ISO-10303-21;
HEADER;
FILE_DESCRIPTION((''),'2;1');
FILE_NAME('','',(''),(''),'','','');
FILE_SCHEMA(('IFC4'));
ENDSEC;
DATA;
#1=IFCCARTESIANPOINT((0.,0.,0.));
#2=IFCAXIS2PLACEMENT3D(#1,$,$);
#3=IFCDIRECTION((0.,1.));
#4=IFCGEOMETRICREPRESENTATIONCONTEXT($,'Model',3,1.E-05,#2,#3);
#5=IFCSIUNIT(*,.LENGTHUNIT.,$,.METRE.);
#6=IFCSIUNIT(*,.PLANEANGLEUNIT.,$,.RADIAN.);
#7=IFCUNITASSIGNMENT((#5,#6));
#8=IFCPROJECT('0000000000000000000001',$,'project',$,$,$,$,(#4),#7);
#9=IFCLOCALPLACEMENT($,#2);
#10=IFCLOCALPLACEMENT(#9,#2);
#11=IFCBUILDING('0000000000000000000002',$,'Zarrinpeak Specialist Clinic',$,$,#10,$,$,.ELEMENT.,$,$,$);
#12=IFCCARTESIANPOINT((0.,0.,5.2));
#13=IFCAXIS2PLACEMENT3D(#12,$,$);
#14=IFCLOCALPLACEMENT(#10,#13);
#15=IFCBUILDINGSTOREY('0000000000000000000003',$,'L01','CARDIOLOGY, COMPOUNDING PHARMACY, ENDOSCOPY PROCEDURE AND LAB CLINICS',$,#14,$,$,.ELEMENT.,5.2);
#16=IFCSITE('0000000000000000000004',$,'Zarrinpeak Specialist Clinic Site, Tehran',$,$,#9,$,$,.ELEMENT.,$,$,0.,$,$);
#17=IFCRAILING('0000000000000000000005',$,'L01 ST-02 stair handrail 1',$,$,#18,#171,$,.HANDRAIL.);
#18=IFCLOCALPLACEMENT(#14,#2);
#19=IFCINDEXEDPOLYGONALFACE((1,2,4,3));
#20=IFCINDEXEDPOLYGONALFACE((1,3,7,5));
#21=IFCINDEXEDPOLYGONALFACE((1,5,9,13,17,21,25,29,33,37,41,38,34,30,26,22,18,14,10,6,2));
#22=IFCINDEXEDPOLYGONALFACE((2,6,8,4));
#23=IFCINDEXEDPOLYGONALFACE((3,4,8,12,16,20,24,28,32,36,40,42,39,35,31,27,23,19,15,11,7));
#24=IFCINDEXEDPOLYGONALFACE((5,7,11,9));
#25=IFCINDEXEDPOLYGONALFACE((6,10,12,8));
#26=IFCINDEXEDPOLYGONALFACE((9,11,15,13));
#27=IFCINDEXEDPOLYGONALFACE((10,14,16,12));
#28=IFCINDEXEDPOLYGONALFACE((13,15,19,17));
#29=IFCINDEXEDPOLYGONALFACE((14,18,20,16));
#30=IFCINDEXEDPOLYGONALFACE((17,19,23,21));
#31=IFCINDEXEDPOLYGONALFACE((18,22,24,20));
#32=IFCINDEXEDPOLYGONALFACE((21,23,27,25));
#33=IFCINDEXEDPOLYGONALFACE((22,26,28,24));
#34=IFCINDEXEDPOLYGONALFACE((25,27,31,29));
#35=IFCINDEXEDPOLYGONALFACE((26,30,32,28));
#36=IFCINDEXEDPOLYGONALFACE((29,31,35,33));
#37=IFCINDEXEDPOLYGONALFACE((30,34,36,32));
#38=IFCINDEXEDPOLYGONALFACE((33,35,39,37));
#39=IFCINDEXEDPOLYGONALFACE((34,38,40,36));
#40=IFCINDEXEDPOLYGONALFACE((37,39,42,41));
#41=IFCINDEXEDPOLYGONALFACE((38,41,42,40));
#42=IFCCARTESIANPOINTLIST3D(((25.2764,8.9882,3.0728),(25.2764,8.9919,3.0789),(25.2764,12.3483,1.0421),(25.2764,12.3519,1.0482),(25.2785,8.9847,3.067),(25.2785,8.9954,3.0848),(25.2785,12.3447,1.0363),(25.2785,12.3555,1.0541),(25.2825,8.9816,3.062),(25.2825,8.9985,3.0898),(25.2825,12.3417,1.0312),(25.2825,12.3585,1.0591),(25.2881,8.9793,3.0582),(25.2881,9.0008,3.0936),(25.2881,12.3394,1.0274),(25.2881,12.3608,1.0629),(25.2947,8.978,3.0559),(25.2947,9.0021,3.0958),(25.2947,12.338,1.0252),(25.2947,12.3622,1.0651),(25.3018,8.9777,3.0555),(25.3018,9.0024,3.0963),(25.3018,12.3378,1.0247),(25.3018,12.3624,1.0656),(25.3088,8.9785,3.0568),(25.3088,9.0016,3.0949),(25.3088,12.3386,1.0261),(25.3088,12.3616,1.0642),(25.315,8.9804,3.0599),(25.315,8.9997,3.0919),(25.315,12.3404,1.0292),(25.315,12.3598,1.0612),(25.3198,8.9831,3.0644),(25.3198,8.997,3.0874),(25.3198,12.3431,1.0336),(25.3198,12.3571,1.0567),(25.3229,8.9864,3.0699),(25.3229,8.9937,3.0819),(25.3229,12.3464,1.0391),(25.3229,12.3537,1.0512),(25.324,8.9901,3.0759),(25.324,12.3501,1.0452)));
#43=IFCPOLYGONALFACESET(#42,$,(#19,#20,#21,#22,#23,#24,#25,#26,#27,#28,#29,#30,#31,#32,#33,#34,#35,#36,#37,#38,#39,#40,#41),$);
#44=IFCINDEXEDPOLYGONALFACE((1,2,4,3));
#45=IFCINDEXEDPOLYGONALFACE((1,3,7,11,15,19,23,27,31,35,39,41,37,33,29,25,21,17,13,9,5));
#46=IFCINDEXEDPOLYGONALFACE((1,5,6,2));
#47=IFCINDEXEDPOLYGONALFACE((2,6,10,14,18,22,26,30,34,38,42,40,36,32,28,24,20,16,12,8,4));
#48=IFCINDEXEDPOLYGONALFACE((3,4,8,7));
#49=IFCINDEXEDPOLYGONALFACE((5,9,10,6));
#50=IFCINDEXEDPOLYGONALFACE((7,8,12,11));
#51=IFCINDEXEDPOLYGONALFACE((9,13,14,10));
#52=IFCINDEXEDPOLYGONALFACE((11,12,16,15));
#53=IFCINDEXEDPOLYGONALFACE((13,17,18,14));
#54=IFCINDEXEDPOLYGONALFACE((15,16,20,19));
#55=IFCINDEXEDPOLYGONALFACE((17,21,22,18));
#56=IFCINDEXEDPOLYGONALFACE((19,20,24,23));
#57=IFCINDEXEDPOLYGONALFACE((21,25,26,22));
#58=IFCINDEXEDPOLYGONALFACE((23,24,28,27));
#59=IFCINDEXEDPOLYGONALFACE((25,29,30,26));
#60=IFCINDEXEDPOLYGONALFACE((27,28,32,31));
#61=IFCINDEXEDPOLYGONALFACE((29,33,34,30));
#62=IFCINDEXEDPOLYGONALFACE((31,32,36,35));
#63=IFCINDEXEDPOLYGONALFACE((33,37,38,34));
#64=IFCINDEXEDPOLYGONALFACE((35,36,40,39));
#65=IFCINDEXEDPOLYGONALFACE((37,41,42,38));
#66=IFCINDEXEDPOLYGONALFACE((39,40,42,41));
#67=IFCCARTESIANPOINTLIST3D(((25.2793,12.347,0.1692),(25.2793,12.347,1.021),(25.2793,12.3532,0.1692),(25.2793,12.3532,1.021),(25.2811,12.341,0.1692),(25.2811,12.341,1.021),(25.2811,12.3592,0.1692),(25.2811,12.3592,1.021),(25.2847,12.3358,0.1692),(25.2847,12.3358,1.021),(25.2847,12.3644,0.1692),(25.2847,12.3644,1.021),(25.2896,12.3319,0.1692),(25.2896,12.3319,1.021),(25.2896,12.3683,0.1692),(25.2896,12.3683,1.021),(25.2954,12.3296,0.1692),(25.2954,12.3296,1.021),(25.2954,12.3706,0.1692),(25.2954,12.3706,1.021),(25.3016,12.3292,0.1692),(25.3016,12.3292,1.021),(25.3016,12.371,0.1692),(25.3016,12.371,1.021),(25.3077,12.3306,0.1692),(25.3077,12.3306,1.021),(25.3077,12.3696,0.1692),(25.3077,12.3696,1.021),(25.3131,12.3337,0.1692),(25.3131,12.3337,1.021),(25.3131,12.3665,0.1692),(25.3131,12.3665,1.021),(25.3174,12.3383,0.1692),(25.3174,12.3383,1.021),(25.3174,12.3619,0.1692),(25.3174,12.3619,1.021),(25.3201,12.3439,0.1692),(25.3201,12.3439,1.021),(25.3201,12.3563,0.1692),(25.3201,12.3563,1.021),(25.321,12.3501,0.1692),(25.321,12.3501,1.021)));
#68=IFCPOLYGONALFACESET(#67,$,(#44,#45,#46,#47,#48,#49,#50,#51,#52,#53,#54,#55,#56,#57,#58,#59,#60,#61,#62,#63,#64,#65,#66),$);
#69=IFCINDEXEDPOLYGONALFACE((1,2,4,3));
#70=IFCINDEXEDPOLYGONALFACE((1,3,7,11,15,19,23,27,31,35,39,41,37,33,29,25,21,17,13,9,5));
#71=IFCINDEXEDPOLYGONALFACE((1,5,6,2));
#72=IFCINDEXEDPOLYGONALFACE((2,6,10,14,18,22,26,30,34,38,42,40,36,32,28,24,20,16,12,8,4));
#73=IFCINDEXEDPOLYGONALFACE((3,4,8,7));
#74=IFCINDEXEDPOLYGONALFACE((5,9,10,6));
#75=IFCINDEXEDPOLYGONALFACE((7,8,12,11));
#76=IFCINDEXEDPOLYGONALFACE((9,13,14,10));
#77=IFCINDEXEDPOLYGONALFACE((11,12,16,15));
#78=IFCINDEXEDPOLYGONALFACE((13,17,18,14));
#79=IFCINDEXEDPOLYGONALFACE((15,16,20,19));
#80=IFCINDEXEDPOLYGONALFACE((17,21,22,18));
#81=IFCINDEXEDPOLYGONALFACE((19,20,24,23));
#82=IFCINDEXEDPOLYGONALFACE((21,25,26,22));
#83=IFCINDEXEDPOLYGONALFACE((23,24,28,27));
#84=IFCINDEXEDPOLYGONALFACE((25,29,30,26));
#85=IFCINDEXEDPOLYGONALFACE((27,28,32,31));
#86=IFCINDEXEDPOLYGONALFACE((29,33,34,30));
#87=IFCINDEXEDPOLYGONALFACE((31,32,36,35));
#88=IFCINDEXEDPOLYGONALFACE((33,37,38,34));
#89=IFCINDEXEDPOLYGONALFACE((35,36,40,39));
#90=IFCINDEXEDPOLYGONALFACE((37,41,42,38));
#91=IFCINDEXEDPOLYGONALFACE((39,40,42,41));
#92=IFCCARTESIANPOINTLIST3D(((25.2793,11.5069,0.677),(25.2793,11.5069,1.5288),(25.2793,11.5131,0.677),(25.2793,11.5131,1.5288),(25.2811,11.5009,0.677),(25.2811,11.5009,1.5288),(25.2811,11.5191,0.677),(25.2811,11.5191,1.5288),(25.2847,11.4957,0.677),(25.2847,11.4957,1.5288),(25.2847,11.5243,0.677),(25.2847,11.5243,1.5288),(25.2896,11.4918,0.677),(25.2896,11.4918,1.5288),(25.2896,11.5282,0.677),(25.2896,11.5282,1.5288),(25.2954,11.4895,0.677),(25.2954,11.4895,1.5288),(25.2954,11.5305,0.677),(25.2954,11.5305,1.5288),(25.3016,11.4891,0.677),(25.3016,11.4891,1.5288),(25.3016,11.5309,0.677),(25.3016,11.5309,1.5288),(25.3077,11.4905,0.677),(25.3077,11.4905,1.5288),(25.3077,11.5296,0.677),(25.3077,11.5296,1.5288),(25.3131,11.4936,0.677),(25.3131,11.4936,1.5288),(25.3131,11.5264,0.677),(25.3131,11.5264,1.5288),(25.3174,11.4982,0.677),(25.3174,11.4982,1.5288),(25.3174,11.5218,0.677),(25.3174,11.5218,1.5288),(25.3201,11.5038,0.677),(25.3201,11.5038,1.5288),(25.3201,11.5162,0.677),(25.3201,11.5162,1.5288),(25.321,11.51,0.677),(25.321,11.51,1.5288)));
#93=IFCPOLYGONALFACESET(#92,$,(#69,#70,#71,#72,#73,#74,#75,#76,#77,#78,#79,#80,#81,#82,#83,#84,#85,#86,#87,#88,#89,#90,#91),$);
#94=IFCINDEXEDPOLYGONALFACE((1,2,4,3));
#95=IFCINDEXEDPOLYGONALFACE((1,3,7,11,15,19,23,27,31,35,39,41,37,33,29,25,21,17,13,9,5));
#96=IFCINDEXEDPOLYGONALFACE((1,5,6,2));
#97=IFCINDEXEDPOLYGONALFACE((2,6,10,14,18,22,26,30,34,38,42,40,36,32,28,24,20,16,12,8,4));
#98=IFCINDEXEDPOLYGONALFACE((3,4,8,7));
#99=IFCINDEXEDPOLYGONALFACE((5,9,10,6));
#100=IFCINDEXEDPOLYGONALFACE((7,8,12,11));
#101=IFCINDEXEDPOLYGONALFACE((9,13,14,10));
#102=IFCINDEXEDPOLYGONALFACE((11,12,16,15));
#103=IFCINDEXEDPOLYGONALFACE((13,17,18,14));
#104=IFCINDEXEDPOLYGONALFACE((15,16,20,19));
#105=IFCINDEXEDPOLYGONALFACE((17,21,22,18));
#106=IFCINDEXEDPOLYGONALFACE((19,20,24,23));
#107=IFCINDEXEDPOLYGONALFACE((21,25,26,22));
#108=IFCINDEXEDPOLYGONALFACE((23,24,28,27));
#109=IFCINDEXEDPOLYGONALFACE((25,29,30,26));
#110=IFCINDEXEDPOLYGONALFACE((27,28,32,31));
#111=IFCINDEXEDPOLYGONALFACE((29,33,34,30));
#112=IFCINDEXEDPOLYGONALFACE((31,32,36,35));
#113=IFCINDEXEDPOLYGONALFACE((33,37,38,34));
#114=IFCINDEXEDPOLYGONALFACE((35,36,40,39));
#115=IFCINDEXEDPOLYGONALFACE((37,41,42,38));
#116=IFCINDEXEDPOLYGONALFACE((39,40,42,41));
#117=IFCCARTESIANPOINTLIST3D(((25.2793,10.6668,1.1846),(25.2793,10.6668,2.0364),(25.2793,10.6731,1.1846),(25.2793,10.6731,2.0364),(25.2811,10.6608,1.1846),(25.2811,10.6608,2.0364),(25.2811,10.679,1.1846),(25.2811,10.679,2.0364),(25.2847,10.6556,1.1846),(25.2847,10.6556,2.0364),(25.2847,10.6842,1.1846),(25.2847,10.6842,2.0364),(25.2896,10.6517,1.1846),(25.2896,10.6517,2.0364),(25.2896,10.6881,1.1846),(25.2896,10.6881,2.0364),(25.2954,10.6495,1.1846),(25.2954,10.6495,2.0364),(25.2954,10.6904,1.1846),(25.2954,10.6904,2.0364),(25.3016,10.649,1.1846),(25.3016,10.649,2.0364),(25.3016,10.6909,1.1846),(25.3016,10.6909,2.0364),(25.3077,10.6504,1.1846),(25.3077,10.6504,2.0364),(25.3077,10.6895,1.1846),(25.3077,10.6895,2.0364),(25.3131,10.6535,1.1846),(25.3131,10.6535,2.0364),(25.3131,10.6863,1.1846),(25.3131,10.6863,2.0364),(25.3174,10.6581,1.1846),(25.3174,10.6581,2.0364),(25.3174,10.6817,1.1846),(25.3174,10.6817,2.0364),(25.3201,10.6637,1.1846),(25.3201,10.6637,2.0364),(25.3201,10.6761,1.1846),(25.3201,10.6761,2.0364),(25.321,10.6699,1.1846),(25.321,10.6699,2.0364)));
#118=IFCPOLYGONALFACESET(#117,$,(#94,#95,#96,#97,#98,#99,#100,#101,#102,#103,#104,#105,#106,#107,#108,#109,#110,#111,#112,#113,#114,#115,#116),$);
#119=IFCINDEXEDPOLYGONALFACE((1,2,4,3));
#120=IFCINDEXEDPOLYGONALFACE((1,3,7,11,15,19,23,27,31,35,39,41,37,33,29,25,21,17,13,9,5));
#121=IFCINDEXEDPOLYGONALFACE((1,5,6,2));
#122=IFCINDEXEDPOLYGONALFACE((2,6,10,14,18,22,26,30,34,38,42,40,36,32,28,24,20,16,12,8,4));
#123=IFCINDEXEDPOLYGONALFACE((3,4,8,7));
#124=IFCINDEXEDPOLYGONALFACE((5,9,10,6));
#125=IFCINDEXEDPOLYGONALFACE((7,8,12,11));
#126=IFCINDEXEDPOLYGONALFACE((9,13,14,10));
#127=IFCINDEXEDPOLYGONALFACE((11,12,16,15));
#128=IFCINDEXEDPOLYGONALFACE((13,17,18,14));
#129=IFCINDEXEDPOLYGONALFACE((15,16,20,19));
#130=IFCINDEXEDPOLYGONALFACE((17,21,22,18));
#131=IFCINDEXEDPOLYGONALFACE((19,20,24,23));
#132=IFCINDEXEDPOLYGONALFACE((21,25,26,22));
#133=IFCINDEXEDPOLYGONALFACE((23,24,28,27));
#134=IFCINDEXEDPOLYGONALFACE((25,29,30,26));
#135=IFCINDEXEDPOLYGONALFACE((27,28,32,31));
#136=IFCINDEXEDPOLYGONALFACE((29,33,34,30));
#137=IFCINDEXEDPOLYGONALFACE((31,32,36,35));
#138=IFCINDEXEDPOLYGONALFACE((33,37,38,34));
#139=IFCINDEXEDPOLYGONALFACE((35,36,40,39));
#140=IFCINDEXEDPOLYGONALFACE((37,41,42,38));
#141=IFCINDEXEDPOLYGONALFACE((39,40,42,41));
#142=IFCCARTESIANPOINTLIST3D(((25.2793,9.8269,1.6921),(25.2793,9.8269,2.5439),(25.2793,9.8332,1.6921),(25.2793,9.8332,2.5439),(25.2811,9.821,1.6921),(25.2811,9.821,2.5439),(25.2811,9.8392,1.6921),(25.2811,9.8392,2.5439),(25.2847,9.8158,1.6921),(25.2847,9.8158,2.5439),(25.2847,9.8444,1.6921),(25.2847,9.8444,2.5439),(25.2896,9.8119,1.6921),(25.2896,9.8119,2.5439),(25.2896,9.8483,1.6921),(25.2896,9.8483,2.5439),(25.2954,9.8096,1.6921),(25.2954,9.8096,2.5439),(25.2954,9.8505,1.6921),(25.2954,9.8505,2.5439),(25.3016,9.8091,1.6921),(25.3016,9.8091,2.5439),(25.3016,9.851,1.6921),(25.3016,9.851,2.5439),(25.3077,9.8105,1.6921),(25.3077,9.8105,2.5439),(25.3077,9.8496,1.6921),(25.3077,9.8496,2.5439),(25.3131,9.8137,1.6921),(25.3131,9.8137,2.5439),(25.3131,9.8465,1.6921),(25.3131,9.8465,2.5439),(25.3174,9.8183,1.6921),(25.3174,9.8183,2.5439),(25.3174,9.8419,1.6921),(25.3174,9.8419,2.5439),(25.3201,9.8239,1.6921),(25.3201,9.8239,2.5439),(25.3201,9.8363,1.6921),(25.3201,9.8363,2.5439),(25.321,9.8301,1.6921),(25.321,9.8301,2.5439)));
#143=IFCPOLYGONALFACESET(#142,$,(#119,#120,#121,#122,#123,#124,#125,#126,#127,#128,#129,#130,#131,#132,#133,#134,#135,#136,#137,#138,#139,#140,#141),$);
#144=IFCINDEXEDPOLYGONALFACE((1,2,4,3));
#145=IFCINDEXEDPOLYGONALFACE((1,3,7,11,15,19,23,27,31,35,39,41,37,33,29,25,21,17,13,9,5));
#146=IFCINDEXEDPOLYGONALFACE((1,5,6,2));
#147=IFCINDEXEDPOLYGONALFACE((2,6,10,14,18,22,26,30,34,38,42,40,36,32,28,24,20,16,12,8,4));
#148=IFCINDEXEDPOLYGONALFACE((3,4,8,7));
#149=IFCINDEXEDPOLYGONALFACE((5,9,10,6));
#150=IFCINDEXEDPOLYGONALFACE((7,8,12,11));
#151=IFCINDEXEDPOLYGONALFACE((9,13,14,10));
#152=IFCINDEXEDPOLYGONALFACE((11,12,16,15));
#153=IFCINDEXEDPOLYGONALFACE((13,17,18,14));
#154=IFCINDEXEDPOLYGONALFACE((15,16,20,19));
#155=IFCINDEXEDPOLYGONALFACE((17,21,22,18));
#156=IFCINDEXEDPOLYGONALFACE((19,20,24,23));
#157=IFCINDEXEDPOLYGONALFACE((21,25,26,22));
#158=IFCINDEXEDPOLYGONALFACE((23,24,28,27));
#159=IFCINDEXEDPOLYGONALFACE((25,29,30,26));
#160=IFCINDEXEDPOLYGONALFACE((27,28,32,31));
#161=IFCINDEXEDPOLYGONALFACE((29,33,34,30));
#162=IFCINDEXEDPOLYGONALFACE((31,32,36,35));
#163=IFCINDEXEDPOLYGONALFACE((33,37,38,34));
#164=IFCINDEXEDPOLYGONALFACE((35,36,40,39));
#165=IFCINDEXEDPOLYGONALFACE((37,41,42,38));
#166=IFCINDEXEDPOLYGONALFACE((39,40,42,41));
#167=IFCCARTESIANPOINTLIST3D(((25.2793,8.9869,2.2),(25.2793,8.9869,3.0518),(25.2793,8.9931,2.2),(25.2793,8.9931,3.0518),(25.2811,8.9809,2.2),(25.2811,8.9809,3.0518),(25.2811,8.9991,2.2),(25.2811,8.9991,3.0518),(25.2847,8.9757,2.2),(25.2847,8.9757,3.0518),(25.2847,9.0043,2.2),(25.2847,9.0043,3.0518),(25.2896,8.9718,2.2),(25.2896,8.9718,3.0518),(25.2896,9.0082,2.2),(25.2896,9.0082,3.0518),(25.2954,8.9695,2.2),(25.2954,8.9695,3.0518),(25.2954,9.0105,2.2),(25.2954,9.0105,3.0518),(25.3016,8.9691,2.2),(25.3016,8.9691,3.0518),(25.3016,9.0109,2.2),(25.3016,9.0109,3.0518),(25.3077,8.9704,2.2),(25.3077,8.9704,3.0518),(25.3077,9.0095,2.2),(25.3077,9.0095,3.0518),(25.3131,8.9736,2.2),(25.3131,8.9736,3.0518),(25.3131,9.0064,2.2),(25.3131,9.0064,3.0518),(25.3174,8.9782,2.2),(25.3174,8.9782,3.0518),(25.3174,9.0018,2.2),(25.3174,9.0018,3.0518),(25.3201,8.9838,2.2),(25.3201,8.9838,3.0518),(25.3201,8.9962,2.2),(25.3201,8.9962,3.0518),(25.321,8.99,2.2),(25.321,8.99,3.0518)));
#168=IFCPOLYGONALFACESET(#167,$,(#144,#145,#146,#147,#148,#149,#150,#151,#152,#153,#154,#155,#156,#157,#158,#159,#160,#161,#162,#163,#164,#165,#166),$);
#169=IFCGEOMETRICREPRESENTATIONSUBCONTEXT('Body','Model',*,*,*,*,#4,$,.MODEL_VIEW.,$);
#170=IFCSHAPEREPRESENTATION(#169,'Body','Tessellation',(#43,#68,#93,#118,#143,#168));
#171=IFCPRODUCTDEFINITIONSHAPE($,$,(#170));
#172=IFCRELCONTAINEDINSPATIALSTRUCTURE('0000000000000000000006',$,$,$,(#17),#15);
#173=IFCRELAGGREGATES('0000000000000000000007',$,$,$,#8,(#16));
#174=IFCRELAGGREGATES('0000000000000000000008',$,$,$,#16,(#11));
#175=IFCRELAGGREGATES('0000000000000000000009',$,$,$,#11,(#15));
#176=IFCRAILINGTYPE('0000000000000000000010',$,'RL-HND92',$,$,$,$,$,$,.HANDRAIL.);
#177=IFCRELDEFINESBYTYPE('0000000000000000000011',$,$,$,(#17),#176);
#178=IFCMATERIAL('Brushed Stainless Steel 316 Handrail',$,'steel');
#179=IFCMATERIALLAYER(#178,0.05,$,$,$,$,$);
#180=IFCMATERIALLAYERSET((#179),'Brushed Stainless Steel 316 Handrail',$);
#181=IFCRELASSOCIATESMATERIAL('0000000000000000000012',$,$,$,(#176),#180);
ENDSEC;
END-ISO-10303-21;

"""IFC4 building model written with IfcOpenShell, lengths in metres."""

from ifc_helpers import new_model, si_unit, direction, frame, origin, origin_2d, place, context, subcontext, project, spatial, circle, extrude, material, layer, layer_set, type_object, element, save


model = new_model("IFC4")

# Units and contexts
model_context = context("Model", 3, precision=1e-05, world=origin(), true_north=direction((0.0, 1.0)))
body_context = subcontext(model_context, "Body", "Model", "MODEL_VIEW")
ifc_project = project(units=[si_unit("LENGTHUNIT", "METRE"), si_unit("PLANEANGLEUNIT", "RADIAN")], contexts=[model_context])

# Site, building, storey
site_placement = place(None, origin())
site = spatial("IfcSite", under=ifc_project, at=site_placement, Name="Zarrinpeak Specialist Clinic Site, Tehran", CompositionType="ELEMENT", RefElevation=0.0)
building_placement = place(site_placement, origin())
building = spatial("IfcBuilding", under=site, at=building_placement, Name="Zarrinpeak Specialist Clinic", CompositionType="ELEMENT")
storey_placement = place(building_placement, frame((0.0, 0.0, 5.2)))
storey = spatial("IfcBuildingStorey", under=building, at=storey_placement, Name="L01", Description="CARDIOLOGY, COMPOUNDING PHARMACY, ENDOSCOPY PROCEDURE AND LAB CLINICS", CompositionType="ELEMENT", Elevation=5.2)

# Railing
ifc_material_1 = material(Name="Brushed Stainless Steel 316 Handrail", Category="steel")
ifc_layer_1 = layer(ifc_material_1, 0.05)
ifc_layer_set_1 = layer_set([ifc_layer_1], Name="Brushed Stainless Steel 316 Handrail")
railing_type_1 = type_object("IfcRailingType", Name="RL-HND92", PredefinedType="HANDRAIL", material=ifc_layer_set_1)
railing_1_placement = place(storey_placement, frame((25.3, 12.3501, 0.1692)))
element("IfcRailing", 1, at=railing_1_placement, inside=storey, type_object=railing_type_1, Name="L01 ST-02 stair handrail 1", PredefinedType="HANDRAIL", context=body_context, shape_type="SweptSolid", body=[
    extrude(circle(Radius=0.0239, at=origin_2d()), frame((0.0, 0.0, 0.876), z_axis=(0.0, -0.855837, 0.517246), x_axis=(1.0, 0.0, 0.0)), (0.0, 0.0, 1.0), 3.926),
    extrude(circle(Radius=0.021, at=origin_2d()), origin(), (0.0, 0.0, 1.0), 0.8518),
    extrude(circle(Radius=0.021, at=origin_2d()), frame((0.0, -0.8401, 0.5078)), (0.0, 0.0, 1.0), 0.8518),
    extrude(circle(Radius=0.021, at=origin_2d()), frame((0.0, -1.6802, 1.0154)), (0.0, 0.0, 1.0), 0.8518),
    extrude(circle(Radius=0.021, at=origin_2d()), frame((0.0, -2.52, 1.5229)), (0.0, 0.0, 1.0), 0.8518),
    extrude(circle(Radius=0.021, at=origin_2d()), frame((0.0, -3.3601, 2.0308)), (0.0, 0.0, 1.0), 0.8518),
])

save(model, "model.ifc")
